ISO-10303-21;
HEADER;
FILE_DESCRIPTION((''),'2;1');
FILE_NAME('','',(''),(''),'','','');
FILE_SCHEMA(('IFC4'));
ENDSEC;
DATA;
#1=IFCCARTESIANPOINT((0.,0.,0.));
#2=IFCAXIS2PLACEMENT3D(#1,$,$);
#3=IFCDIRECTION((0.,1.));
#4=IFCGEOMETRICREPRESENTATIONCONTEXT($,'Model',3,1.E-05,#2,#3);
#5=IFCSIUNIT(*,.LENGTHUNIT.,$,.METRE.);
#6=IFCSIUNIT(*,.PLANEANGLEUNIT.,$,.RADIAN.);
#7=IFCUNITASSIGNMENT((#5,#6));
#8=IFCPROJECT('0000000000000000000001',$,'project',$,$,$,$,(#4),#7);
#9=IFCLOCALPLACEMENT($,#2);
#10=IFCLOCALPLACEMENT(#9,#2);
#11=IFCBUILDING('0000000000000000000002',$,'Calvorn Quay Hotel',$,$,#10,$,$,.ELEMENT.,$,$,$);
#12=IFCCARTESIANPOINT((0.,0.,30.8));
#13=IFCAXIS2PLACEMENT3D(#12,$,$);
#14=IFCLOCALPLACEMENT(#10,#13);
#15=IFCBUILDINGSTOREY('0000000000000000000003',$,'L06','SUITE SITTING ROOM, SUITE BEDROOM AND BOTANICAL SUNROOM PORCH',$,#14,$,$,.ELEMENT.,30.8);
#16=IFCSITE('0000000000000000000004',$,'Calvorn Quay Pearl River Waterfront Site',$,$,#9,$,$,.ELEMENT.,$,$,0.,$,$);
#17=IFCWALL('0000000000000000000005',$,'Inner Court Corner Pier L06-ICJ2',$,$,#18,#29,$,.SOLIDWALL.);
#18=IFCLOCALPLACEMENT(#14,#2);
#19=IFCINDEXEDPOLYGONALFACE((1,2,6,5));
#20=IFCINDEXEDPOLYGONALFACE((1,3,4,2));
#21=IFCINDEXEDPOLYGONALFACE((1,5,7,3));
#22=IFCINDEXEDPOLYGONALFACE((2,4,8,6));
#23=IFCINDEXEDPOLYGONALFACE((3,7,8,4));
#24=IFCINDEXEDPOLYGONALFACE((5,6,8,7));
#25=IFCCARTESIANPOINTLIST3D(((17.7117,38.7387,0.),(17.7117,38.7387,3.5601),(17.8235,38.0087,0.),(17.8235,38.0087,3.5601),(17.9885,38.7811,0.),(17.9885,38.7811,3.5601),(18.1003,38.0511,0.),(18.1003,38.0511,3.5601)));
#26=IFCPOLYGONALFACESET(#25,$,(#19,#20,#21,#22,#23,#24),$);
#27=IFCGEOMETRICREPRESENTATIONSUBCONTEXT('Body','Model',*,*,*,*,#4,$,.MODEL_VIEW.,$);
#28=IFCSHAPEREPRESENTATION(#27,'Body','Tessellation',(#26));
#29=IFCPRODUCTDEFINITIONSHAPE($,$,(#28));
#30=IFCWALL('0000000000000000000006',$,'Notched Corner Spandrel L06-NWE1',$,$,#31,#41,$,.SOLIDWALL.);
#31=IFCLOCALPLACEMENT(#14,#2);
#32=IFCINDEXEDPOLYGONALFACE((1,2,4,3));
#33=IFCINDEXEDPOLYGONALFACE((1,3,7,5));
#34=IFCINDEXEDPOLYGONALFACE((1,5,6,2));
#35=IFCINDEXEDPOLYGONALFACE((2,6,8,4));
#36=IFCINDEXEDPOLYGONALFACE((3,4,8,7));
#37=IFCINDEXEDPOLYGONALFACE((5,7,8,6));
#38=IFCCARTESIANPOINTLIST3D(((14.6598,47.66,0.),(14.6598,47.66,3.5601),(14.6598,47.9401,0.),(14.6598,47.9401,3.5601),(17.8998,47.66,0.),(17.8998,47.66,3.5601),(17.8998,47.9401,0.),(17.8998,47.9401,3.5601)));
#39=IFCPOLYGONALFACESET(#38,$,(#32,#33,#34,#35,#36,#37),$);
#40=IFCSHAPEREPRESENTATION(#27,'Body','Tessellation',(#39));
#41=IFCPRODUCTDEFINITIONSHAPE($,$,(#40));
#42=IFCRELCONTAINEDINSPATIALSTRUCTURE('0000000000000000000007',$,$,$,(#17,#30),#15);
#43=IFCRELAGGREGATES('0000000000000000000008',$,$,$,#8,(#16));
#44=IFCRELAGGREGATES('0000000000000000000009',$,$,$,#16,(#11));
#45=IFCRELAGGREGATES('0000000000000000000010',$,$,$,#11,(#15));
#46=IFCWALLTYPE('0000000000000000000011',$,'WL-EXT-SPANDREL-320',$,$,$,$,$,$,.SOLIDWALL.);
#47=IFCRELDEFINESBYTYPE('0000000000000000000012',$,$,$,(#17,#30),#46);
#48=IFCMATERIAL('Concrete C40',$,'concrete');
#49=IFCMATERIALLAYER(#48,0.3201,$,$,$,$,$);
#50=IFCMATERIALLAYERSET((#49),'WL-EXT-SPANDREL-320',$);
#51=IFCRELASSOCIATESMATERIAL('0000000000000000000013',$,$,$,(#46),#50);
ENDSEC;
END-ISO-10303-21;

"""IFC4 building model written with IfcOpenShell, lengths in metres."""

from ifc_helpers import new_model, si_unit, direction, frame, frame_2d, origin, place, context, subcontext, project, spatial, rectangle, extrude, material, layer, layer_set, type_object, element, save


model = new_model("IFC4")

# Units and contexts
model_context = context("Model", 3, precision=1e-05, world=origin(), true_north=direction((0.0, 1.0)))
body_context = subcontext(model_context, "Body", "Model", "MODEL_VIEW")
ifc_project = project(units=[si_unit("LENGTHUNIT", "METRE"), si_unit("PLANEANGLEUNIT", "RADIAN")], contexts=[model_context])

# Site, building, storey
site_placement = place(None, origin())
site = spatial("IfcSite", under=ifc_project, at=site_placement, Name="Calvorn Quay Pearl River Waterfront Site", CompositionType="ELEMENT", RefElevation=0.0)
building_placement = place(site_placement, origin())
building = spatial("IfcBuilding", under=site, at=building_placement, Name="Calvorn Quay Hotel", CompositionType="ELEMENT")
storey_placement = place(building_placement, frame((0.0, 0.0, 30.8)))
storey = spatial("IfcBuildingStorey", under=building, at=storey_placement, Name="L06", Description="SUITE SITTING ROOM, SUITE BEDROOM AND BOTANICAL SUNROOM PORCH", CompositionType="ELEMENT", Elevation=30.8)

# Walls
ifc_material_1 = material(Name="Concrete C40", Category="concrete")
ifc_layer_1 = layer(ifc_material_1, 0.3201)
ifc_layer_set_1 = layer_set([ifc_layer_1], Name="WL-EXT-SPANDREL-320")
wall_type = type_object("IfcWallType", Name="WL-EXT-SPANDREL-320", PredefinedType="SOLIDWALL", material=ifc_layer_set_1)
wall_1_placement = place(storey_placement, frame((17.9619, 38.03, 0.0), z_axis=(0.0, 0.0, 1.0), x_axis=(-0.151411, 0.988471, 0.0)))
element("IfcWall", 1, at=wall_1_placement, inside=storey, type_object=wall_type, Name="Inner Court Corner Pier L06-ICJ2", PredefinedType="SOLIDWALL", context=body_context, shape_type="SweptSolid", body=[
    extrude(rectangle(XDim=0.7385, YDim=0.28, at=frame_2d((0.3691, 0.0))), origin(), (0.0, 0.0, 1.0), 3.5601),
])
wall_2_placement = place(storey_placement, frame((17.8999, 47.8, 0.0), z_axis=(0.0, 0.0, 1.0), x_axis=(-1.0, 0.0, 0.0)))
element("IfcWall", 2, at=wall_2_placement, inside=storey, type_object=wall_type, Name="Notched Corner Spandrel L06-NWE1", PredefinedType="SOLIDWALL", context=body_context, shape_type="SweptSolid", body=[
    extrude(rectangle(XDim=3.24, YDim=0.28, at=frame_2d((1.6201, 0.0))), origin(), (0.0, 0.0, 1.0), 3.5601),
])

save(model, "model.ifc")
